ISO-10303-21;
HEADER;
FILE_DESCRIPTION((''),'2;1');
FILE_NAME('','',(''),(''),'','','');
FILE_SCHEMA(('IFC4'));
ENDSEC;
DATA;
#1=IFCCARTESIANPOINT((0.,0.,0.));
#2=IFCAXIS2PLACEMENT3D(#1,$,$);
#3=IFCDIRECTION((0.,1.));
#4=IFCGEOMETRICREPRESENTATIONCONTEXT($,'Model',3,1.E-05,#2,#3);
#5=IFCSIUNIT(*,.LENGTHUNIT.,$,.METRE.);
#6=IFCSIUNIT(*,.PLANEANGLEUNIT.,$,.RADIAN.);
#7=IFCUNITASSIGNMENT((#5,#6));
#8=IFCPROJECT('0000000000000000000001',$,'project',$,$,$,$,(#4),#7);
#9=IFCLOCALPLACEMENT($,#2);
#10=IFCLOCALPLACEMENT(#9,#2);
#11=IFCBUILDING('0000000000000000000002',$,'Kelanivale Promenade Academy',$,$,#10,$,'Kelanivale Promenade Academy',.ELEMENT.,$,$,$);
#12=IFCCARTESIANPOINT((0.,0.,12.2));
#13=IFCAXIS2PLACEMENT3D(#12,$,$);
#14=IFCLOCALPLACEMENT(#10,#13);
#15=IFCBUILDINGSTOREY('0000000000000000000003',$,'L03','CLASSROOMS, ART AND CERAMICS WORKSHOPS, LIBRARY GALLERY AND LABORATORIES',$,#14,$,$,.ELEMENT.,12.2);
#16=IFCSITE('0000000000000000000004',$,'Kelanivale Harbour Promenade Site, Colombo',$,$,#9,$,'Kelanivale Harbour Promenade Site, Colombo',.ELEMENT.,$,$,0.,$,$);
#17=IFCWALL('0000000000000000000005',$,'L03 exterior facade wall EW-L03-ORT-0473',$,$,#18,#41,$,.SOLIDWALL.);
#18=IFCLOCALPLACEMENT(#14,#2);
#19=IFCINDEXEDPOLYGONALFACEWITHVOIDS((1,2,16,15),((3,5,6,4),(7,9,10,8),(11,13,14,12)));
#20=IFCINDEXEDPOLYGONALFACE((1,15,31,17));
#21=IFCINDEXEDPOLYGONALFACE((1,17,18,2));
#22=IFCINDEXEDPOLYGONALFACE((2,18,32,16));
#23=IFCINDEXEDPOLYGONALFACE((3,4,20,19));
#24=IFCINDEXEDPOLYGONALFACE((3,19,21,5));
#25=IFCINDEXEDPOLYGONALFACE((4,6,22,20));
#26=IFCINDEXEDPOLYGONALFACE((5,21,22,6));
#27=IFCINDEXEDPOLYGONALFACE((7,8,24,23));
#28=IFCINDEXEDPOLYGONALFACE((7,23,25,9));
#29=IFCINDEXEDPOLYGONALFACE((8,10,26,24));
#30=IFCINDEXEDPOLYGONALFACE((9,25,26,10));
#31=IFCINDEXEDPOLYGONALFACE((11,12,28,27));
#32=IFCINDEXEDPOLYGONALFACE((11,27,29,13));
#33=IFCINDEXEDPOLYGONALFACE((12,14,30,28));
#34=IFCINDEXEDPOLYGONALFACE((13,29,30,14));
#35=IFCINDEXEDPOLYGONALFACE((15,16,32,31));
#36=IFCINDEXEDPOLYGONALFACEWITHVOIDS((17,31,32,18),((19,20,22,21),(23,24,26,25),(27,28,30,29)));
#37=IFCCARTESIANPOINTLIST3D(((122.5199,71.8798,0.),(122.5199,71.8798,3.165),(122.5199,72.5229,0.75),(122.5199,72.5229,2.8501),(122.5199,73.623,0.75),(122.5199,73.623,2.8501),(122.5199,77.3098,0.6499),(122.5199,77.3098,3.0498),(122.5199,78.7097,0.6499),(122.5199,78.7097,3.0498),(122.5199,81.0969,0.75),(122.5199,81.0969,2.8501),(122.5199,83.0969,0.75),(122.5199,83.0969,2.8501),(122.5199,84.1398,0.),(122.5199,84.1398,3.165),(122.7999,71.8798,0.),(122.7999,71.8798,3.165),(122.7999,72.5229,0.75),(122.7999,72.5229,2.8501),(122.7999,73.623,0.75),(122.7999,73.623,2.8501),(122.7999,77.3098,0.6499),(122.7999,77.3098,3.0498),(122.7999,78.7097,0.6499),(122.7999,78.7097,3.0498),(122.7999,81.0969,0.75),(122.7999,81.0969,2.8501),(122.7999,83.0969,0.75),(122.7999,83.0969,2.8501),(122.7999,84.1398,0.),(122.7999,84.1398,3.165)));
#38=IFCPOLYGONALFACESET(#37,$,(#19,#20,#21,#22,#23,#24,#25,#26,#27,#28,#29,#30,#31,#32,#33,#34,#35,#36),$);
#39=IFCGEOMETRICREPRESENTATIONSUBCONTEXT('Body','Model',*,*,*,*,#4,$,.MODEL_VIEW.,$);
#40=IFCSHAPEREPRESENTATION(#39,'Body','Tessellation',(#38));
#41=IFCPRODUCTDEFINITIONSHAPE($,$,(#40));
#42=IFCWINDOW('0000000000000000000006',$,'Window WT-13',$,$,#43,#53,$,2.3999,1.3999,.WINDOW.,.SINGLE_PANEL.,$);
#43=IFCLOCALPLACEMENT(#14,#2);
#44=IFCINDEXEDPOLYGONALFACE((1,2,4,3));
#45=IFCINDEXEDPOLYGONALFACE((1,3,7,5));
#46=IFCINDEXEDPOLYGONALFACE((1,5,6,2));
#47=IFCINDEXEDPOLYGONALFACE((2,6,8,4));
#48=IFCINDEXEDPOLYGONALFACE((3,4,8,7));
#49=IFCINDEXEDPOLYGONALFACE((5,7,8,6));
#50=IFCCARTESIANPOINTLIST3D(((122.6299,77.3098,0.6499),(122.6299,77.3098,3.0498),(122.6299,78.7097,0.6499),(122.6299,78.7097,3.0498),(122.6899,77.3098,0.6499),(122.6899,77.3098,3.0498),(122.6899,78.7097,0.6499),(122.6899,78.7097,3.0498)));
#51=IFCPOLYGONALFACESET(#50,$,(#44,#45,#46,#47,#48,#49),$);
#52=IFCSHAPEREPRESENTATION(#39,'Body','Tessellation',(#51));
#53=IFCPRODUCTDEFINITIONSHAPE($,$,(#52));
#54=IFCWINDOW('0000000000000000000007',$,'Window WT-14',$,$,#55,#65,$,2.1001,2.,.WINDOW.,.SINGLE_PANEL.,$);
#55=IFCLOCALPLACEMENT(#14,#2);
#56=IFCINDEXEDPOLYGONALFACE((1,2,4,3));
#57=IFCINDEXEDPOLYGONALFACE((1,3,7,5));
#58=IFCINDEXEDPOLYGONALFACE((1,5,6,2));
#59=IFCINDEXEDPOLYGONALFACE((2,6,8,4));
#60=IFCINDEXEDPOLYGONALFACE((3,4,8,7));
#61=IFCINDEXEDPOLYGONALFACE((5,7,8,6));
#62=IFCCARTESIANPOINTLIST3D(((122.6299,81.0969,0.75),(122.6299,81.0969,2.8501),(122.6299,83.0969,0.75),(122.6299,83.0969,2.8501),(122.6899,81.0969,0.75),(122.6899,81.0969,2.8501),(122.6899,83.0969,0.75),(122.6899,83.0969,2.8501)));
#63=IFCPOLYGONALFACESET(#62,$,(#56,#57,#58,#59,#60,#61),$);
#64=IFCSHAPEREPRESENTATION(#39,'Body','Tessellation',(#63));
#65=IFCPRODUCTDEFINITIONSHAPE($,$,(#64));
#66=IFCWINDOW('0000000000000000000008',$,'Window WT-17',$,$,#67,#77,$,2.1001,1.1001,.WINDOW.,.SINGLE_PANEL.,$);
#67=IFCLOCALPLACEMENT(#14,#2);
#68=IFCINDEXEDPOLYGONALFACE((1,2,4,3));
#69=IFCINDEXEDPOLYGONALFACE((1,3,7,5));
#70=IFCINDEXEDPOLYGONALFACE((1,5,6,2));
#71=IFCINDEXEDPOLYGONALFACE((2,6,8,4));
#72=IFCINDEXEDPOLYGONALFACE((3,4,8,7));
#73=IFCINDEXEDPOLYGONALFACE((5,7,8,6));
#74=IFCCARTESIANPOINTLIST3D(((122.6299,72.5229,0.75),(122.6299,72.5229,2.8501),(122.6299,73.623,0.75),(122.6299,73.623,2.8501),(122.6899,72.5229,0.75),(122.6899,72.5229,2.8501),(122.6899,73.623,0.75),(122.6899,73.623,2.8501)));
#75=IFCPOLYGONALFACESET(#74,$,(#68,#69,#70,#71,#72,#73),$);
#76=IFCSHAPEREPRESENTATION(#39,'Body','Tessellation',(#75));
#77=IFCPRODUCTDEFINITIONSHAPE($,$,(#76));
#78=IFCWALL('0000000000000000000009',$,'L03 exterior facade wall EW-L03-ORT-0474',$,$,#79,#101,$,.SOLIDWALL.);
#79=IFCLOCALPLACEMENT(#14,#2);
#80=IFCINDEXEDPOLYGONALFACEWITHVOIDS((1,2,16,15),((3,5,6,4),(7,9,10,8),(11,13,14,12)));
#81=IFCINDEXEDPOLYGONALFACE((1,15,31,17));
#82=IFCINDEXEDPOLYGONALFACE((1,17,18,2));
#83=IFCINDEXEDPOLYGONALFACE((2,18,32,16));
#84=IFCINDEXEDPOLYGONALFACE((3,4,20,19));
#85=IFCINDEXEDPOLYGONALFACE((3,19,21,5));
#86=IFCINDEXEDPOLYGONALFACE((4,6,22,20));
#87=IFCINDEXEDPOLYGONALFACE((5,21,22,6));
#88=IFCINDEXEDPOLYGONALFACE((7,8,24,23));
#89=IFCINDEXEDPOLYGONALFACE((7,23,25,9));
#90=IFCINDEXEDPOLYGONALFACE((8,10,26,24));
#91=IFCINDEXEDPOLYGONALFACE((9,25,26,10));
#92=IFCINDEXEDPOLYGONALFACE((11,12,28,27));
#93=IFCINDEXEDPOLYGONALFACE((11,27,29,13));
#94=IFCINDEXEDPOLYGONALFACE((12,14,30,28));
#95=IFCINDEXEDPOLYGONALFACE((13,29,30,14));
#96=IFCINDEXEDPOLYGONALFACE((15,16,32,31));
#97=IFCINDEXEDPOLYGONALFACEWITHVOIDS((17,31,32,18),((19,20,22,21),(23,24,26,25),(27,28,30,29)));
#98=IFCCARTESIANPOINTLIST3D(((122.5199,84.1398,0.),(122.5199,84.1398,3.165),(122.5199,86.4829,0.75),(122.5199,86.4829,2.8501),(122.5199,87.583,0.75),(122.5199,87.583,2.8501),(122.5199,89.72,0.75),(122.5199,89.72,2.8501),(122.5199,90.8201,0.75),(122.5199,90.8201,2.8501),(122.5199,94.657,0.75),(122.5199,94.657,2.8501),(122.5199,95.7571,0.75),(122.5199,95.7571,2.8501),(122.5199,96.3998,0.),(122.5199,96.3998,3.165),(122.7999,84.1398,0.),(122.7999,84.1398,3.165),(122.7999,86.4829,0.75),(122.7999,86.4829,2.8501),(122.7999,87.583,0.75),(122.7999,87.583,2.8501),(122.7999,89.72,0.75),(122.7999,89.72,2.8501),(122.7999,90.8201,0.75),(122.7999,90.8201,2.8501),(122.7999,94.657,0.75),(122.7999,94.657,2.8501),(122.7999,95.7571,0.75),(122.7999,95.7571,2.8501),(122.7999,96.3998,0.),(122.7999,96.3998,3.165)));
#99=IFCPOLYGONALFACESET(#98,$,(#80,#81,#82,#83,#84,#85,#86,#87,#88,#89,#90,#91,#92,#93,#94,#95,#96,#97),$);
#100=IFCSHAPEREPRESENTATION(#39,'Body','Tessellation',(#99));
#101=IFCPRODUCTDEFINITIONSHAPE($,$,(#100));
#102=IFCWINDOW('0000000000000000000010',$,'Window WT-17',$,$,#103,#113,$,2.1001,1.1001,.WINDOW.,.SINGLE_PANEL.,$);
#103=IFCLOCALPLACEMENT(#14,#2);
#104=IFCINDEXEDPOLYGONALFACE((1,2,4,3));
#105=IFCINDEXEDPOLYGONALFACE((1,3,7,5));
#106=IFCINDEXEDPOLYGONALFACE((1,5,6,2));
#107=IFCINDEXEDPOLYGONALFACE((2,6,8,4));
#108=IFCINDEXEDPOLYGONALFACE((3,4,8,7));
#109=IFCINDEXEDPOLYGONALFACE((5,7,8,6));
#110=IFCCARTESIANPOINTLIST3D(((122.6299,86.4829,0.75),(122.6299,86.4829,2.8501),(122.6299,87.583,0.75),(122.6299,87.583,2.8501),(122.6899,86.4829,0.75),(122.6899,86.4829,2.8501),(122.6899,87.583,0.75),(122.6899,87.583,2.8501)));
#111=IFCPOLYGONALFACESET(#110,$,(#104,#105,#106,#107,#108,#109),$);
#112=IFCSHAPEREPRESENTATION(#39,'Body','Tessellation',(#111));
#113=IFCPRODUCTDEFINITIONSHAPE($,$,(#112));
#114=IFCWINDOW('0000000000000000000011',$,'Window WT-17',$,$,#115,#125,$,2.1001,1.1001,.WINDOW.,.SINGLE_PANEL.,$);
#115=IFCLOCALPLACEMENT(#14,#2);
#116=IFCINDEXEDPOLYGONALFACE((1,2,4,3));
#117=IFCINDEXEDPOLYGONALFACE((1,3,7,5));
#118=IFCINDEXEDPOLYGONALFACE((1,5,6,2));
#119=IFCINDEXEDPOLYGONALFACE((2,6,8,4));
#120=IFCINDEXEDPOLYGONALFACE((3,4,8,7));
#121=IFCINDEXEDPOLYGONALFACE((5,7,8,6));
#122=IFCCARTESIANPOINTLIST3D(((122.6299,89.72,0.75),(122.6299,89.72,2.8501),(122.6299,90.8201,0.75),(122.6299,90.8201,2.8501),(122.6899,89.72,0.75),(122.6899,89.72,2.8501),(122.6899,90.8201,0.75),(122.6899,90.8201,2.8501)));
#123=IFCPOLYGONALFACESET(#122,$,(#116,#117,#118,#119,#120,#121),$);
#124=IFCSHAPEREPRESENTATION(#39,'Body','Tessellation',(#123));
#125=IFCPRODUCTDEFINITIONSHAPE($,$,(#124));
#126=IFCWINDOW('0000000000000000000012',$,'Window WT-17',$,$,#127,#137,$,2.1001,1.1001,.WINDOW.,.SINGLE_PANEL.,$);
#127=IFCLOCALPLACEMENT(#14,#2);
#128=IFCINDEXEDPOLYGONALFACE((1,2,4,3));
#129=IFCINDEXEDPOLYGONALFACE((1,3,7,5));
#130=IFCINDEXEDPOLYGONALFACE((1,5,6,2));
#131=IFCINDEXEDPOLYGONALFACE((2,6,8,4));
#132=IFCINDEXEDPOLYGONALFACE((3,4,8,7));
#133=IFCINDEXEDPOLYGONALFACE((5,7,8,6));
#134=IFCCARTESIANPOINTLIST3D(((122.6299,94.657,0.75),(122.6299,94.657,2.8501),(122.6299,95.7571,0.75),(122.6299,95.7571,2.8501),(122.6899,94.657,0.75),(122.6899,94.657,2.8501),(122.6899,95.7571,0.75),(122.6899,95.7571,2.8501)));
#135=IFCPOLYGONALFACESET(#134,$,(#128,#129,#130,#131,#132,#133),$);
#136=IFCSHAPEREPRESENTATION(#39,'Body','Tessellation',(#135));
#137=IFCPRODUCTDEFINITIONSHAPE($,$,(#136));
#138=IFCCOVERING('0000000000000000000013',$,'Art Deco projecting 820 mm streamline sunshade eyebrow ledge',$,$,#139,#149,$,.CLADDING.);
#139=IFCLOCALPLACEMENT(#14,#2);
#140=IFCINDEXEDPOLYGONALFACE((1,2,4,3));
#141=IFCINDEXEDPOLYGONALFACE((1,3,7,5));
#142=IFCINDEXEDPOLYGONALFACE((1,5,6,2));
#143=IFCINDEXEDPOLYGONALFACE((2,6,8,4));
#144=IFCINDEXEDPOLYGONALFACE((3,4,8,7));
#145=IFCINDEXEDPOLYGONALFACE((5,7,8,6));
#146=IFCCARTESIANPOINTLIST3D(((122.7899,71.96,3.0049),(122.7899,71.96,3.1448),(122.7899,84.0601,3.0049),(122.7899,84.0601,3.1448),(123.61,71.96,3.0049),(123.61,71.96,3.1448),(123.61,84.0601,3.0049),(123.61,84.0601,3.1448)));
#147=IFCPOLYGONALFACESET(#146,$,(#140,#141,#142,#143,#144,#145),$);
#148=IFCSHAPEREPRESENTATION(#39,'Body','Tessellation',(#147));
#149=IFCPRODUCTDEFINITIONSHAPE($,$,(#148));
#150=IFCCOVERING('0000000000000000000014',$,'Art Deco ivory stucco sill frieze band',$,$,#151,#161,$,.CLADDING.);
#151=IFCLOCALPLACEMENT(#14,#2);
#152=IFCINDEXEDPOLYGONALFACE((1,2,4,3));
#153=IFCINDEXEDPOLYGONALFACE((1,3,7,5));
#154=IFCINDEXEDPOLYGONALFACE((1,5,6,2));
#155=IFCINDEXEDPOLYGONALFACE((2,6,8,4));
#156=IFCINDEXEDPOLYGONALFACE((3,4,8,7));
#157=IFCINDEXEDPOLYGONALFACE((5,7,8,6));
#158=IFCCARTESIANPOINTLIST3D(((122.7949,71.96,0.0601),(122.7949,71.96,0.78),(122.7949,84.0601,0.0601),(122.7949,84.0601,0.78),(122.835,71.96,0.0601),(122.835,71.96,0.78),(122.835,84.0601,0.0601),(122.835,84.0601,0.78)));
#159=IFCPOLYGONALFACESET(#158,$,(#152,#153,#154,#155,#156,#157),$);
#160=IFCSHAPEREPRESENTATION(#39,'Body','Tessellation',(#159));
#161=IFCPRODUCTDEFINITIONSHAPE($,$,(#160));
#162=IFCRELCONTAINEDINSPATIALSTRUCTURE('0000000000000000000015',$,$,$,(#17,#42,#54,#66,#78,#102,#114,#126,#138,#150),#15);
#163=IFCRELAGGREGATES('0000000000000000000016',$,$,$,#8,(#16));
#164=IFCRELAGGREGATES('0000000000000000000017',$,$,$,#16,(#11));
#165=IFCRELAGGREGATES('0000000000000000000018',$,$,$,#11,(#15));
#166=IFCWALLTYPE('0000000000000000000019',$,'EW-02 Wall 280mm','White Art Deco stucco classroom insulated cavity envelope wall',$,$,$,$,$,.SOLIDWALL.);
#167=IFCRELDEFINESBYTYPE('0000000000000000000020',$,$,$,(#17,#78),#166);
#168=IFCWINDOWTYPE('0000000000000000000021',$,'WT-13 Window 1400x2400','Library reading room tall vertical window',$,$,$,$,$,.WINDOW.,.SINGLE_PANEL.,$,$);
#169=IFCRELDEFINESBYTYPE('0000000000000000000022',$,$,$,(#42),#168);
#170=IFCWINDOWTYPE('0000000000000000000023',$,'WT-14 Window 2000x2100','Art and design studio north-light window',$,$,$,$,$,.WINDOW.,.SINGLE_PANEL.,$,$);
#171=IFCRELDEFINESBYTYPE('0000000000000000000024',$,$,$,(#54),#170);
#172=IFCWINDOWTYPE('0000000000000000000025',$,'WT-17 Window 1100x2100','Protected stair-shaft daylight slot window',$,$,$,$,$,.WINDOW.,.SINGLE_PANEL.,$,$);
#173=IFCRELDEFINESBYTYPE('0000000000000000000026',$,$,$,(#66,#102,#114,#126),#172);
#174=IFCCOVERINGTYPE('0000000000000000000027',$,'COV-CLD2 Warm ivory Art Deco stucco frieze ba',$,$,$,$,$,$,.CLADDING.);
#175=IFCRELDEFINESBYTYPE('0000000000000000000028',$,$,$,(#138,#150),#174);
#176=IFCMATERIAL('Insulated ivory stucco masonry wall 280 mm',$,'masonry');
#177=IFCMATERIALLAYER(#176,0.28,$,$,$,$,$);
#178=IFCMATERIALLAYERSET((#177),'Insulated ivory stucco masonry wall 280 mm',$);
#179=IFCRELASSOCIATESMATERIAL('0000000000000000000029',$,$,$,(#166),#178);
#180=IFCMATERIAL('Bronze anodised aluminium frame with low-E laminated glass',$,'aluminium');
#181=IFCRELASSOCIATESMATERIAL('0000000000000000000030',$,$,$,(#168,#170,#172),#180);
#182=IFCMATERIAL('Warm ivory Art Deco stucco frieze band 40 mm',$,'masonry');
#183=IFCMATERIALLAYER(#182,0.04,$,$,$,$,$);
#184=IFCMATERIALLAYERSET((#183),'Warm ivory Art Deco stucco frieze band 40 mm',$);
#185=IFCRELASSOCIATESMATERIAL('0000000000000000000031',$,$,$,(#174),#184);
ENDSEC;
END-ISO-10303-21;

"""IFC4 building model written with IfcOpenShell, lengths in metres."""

from ifc_helpers import new_model, si_unit, direction, frame, frame_2d, origin, origin_2d, place, context, subcontext, project, spatial, rectangle, extrude, material, layer, layer_set, type_object, element, fill, save


model = new_model("IFC4")

# Units and contexts
model_context = context("Model", 3, precision=1e-05, world=origin(), true_north=direction((0.0, 1.0)))
body_context = subcontext(model_context, "Body", "Model", "MODEL_VIEW")
ifc_project = project(units=[si_unit("LENGTHUNIT", "METRE"), si_unit("PLANEANGLEUNIT", "RADIAN")], contexts=[model_context])

# Site, building, storey
site_placement = place(None, origin())
site = spatial("IfcSite", under=ifc_project, at=site_placement, Name="Kelanivale Harbour Promenade Site, Colombo", LongName="Kelanivale Harbour Promenade Site, Colombo", CompositionType="ELEMENT", RefElevation=0.0)
building_placement = place(site_placement, origin())
building = spatial("IfcBuilding", under=site, at=building_placement, Name="Kelanivale Promenade Academy", LongName="Kelanivale Promenade Academy", CompositionType="ELEMENT")
storey_placement = place(building_placement, frame((0.0, 0.0, 12.2)))
storey = spatial("IfcBuildingStorey", under=building, at=storey_placement, Name="L03", Description="CLASSROOMS, ART AND CERAMICS WORKSHOPS, LIBRARY GALLERY AND LABORATORIES", CompositionType="ELEMENT", Elevation=12.2)

# Walls, openings, windows
ifc_material_1 = material(Name="Insulated ivory stucco masonry wall 280 mm", Category="masonry")
ifc_layer_1 = layer(ifc_material_1, 0.28)
ifc_layer_set_1 = layer_set([ifc_layer_1], Name="Insulated ivory stucco masonry wall 280 mm")
wall_type_1 = type_object("IfcWallType", Name="EW-02 Wall 280mm", Description="White Art Deco stucco classroom insulated cavity envelope wall", PredefinedType="SOLIDWALL", material=ifc_layer_set_1)
wall_1_placement = place(storey_placement, frame((122.6599, 71.8799, 0.0), z_axis=(0.0, 0.0, 1.0), x_axis=(0.0, 1.0, 0.0)))
wall_1 = element("IfcWall", 1, at=wall_1_placement, inside=storey, type_object=wall_type_1, Name="L03 exterior facade wall EW-L03-ORT-0473", PredefinedType="SOLIDWALL", context=body_context, shape_type="SweptSolid", body=[
    extrude(rectangle(XDim=12.26, YDim=0.28, at=frame_2d((6.1299, 0.0))), origin(), (0.0, 0.0, 1.0), 3.165),
])
opening_1_placement = place(wall_1_placement, frame((0.6431, 0.0, 0.75)))
opening_1 = element("IfcOpeningElement", 2, at=opening_1_placement, cuts=wall_1, PredefinedType="OPENING", context=body_context, shape_type="SweptSolid", body=[
    extrude(rectangle(XDim=1.1001, YDim=2.1001, at=frame_2d((0.55, 1.05))), frame((0.0, 0.1499, 0.0), z_axis=(0.0, -1.0, 0.0), x_axis=(1.0, 0.0, 0.0)), (0.0, 0.0, 1.0), 0.3),
])
opening_2_placement = place(wall_1_placement, frame((5.4299, 0.0, 0.6499)))
opening_2 = element("IfcOpeningElement", 3, at=opening_2_placement, cuts=wall_1, PredefinedType="OPENING", context=body_context, shape_type="SweptSolid", body=[
    extrude(rectangle(XDim=1.3999, YDim=2.3999, at=frame_2d((0.7, 1.2))), frame((0.0, 0.1499, 0.0), z_axis=(0.0, -1.0, 0.0), x_axis=(1.0, 0.0, 0.0)), (0.0, 0.0, 1.0), 0.3),
])
opening_3_placement = place(wall_1_placement, frame((9.217, 0.0, 0.75)))
opening_3 = element("IfcOpeningElement", 4, at=opening_3_placement, cuts=wall_1, PredefinedType="OPENING", context=body_context, shape_type="SweptSolid", body=[
    extrude(rectangle(XDim=2.0, YDim=2.1001, at=frame_2d((1.0, 1.05))), frame((0.0, 0.1499, 0.0), z_axis=(0.0, -1.0, 0.0), x_axis=(1.0, 0.0, 0.0)), (0.0, 0.0, 1.0), 0.3),
])
ifc_material_2 = material(Name="Bronze anodised aluminium frame with low-E laminated glass", Category="aluminium")
window_type_1 = type_object("IfcWindowType", Name="WT-13 Window 1400x2400", Description="Library reading room tall vertical window", PartitioningType="SINGLE_PANEL", PredefinedType="WINDOW", material=ifc_material_2)
window_1_placement = place(opening_2_placement, origin())
window_1 = element("IfcWindow", 5, at=window_1_placement, inside=storey, type_object=window_type_1, Name="Window WT-13", OverallHeight=2.3999, OverallWidth=1.3999, PartitioningType="SINGLE_PANEL", PredefinedType="WINDOW", context=body_context, shape_type="SweptSolid", body=[
    extrude(rectangle(XDim=1.3999, YDim=2.3999, at=frame_2d((0.7, 1.2))), frame((0.0, 0.03, 0.0), z_axis=(0.0, -1.0, 0.0), x_axis=(1.0, 0.0, 0.0)), (0.0, 0.0, 1.0), 0.0601),
])
fill(opening_2, window_1)
window_type_2 = type_object("IfcWindowType", Name="WT-14 Window 2000x2100", Description="Art and design studio north-light window", PartitioningType="SINGLE_PANEL", PredefinedType="WINDOW", material=ifc_material_2)
window_2_placement = place(opening_3_placement, origin())
window_2 = element("IfcWindow", 6, at=window_2_placement, inside=storey, type_object=window_type_2, Name="Window WT-14", OverallHeight=2.1001, OverallWidth=2.0, PartitioningType="SINGLE_PANEL", PredefinedType="WINDOW", context=body_context, shape_type="SweptSolid", body=[
    extrude(rectangle(XDim=2.0, YDim=2.1001, at=frame_2d((1.0, 1.05))), frame((0.0, 0.03, 0.0), z_axis=(0.0, -1.0, 0.0), x_axis=(1.0, 0.0, 0.0)), (0.0, 0.0, 1.0), 0.0601),
])
fill(opening_3, window_2)
window_type_3 = type_object("IfcWindowType", Name="WT-17 Window 1100x2100", Description="Protected stair-shaft daylight slot window", PartitioningType="SINGLE_PANEL", PredefinedType="WINDOW", material=ifc_material_2)
window_3_placement = place(opening_1_placement, origin())
window_3 = element("IfcWindow", 7, at=window_3_placement, inside=storey, type_object=window_type_3, Name="Window WT-17", OverallHeight=2.1001, OverallWidth=1.1001, PartitioningType="SINGLE_PANEL", PredefinedType="WINDOW", context=body_context, shape_type="SweptSolid", body=[
    extrude(rectangle(XDim=1.1001, YDim=2.1001, at=frame_2d((0.55, 1.05))), frame((0.0, 0.03, 0.0), z_axis=(0.0, -1.0, 0.0), x_axis=(1.0, 0.0, 0.0)), (0.0, 0.0, 1.0), 0.0601),
])
fill(opening_1, window_3)
wall_2_placement = place(storey_placement, frame((122.6599, 84.1399, 0.0), z_axis=(0.0, 0.0, 1.0), x_axis=(0.0, 1.0, 0.0)))
wall_2 = element("IfcWall", 8, at=wall_2_placement, inside=storey, type_object=wall_type_1, Name="L03 exterior facade wall EW-L03-ORT-0474", PredefinedType="SOLIDWALL", context=body_context, shape_type="SweptSolid", body=[
    extrude(rectangle(XDim=12.26, YDim=0.28, at=frame_2d((6.1299, 0.0))), origin(), (0.0, 0.0, 1.0), 3.165),
])
opening_4_placement = place(wall_2_placement, frame((2.343, 0.0, 0.75)))
opening_4 = element("IfcOpeningElement", 9, at=opening_4_placement, cuts=wall_2, PredefinedType="OPENING", context=body_context, shape_type="SweptSolid", body=[
    extrude(rectangle(XDim=1.1001, YDim=2.1001, at=frame_2d((0.55, 1.05))), frame((0.0, 0.1499, 0.0), z_axis=(0.0, -1.0, 0.0), x_axis=(1.0, 0.0, 0.0)), (0.0, 0.0, 1.0), 0.3),
])
opening_5_placement = place(wall_2_placement, frame((5.5801, 0.0, 0.75)))
opening_5 = element("IfcOpeningElement", 10, at=opening_5_placement, cuts=wall_2, PredefinedType="OPENING", context=body_context, shape_type="SweptSolid", body=[
    extrude(rectangle(XDim=1.1001, YDim=2.1001, at=frame_2d((0.55, 1.05))), frame((0.0, 0.1499, 0.0), z_axis=(0.0, -1.0, 0.0), x_axis=(1.0, 0.0, 0.0)), (0.0, 0.0, 1.0), 0.3),
])
opening_6_placement = place(wall_2_placement, frame((10.5171, 0.0, 0.75)))
opening_6 = element("IfcOpeningElement", 11, at=opening_6_placement, cuts=wall_2, PredefinedType="OPENING", context=body_context, shape_type="SweptSolid", body=[
    extrude(rectangle(XDim=1.1001, YDim=2.1001, at=frame_2d((0.55, 1.05))), frame((0.0, 0.1499, 0.0), z_axis=(0.0, -1.0, 0.0), x_axis=(1.0, 0.0, 0.0)), (0.0, 0.0, 1.0), 0.3),
])
window_4_placement = place(opening_4_placement, origin())
window_4 = element("IfcWindow", 12, at=window_4_placement, inside=storey, type_object=window_type_3, Name="Window WT-17", OverallHeight=2.1001, OverallWidth=1.1001, PartitioningType="SINGLE_PANEL", PredefinedType="WINDOW", context=body_context, shape_type="SweptSolid", body=[
    extrude(rectangle(XDim=1.1001, YDim=2.1001, at=frame_2d((0.55, 1.05))), frame((0.0, 0.03, 0.0), z_axis=(0.0, -1.0, 0.0), x_axis=(1.0, 0.0, 0.0)), (0.0, 0.0, 1.0), 0.0601),
])
fill(opening_4, window_4)
window_5_placement = place(opening_5_placement, origin())
window_5 = element("IfcWindow", 13, at=window_5_placement, inside=storey, type_object=window_type_3, Name="Window WT-17", OverallHeight=2.1001, OverallWidth=1.1001, PartitioningType="SINGLE_PANEL", PredefinedType="WINDOW", context=body_context, shape_type="SweptSolid", body=[
    extrude(rectangle(XDim=1.1001, YDim=2.1001, at=frame_2d((0.55, 1.05))), frame((0.0, 0.03, 0.0), z_axis=(0.0, -1.0, 0.0), x_axis=(1.0, 0.0, 0.0)), (0.0, 0.0, 1.0), 0.0601),
])
fill(opening_5, window_5)
window_6_placement = place(opening_6_placement, origin())
window_6 = element("IfcWindow", 14, at=window_6_placement, inside=storey, type_object=window_type_3, Name="Window WT-17", OverallHeight=2.1001, OverallWidth=1.1001, PartitioningType="SINGLE_PANEL", PredefinedType="WINDOW", context=body_context, shape_type="SweptSolid", body=[
    extrude(rectangle(XDim=1.1001, YDim=2.1001, at=frame_2d((0.55, 1.05))), frame((0.0, 0.03, 0.0), z_axis=(0.0, -1.0, 0.0), x_axis=(1.0, 0.0, 0.0)), (0.0, 0.0, 1.0), 0.0601),
])
fill(opening_6, window_6)

# Coverings
ifc_material_3 = material(Name="Warm ivory Art Deco stucco frieze band 40 mm", Category="masonry")
ifc_layer_2 = layer(ifc_material_3, 0.04)
ifc_layer_set_2 = layer_set([ifc_layer_2], Name="Warm ivory Art Deco stucco frieze band 40 mm")
covering_type = type_object("IfcCoveringType", Name="COV-CLD2 Warm ivory Art Deco stucco frieze ba", PredefinedType="CLADDING", material=ifc_layer_set_2)
covering_1_placement = place(storey_placement, frame((123.2, 78.01, 3.0049), z_axis=(0.0, 0.0, 1.0), x_axis=(0.0, 1.0, 0.0)))
element("IfcCovering", 15, at=covering_1_placement, inside=storey, type_object=covering_type, Name="Art Deco projecting 820 mm streamline sunshade eyebrow ledge", PredefinedType="CLADDING", context=body_context, shape_type="SweptSolid", body=[
    extrude(rectangle(XDim=12.1001, YDim=0.8201, at=origin_2d()), origin(), (0.0, 0.0, 1.0), 0.1399),
])
covering_2_placement = place(storey_placement, frame((122.8149, 78.01, 0.0601), z_axis=(0.0, 0.0, 1.0), x_axis=(0.0, 1.0, 0.0)))
element("IfcCovering", 16, at=covering_2_placement, inside=storey, type_object=covering_type, Name="Art Deco ivory stucco sill frieze band", PredefinedType="CLADDING", context=body_context, shape_type="SweptSolid", body=[
    extrude(rectangle(XDim=12.1001, YDim=0.04, at=origin_2d()), origin(), (0.0, 0.0, 1.0), 0.72),
])

save(model, "model.ifc")
